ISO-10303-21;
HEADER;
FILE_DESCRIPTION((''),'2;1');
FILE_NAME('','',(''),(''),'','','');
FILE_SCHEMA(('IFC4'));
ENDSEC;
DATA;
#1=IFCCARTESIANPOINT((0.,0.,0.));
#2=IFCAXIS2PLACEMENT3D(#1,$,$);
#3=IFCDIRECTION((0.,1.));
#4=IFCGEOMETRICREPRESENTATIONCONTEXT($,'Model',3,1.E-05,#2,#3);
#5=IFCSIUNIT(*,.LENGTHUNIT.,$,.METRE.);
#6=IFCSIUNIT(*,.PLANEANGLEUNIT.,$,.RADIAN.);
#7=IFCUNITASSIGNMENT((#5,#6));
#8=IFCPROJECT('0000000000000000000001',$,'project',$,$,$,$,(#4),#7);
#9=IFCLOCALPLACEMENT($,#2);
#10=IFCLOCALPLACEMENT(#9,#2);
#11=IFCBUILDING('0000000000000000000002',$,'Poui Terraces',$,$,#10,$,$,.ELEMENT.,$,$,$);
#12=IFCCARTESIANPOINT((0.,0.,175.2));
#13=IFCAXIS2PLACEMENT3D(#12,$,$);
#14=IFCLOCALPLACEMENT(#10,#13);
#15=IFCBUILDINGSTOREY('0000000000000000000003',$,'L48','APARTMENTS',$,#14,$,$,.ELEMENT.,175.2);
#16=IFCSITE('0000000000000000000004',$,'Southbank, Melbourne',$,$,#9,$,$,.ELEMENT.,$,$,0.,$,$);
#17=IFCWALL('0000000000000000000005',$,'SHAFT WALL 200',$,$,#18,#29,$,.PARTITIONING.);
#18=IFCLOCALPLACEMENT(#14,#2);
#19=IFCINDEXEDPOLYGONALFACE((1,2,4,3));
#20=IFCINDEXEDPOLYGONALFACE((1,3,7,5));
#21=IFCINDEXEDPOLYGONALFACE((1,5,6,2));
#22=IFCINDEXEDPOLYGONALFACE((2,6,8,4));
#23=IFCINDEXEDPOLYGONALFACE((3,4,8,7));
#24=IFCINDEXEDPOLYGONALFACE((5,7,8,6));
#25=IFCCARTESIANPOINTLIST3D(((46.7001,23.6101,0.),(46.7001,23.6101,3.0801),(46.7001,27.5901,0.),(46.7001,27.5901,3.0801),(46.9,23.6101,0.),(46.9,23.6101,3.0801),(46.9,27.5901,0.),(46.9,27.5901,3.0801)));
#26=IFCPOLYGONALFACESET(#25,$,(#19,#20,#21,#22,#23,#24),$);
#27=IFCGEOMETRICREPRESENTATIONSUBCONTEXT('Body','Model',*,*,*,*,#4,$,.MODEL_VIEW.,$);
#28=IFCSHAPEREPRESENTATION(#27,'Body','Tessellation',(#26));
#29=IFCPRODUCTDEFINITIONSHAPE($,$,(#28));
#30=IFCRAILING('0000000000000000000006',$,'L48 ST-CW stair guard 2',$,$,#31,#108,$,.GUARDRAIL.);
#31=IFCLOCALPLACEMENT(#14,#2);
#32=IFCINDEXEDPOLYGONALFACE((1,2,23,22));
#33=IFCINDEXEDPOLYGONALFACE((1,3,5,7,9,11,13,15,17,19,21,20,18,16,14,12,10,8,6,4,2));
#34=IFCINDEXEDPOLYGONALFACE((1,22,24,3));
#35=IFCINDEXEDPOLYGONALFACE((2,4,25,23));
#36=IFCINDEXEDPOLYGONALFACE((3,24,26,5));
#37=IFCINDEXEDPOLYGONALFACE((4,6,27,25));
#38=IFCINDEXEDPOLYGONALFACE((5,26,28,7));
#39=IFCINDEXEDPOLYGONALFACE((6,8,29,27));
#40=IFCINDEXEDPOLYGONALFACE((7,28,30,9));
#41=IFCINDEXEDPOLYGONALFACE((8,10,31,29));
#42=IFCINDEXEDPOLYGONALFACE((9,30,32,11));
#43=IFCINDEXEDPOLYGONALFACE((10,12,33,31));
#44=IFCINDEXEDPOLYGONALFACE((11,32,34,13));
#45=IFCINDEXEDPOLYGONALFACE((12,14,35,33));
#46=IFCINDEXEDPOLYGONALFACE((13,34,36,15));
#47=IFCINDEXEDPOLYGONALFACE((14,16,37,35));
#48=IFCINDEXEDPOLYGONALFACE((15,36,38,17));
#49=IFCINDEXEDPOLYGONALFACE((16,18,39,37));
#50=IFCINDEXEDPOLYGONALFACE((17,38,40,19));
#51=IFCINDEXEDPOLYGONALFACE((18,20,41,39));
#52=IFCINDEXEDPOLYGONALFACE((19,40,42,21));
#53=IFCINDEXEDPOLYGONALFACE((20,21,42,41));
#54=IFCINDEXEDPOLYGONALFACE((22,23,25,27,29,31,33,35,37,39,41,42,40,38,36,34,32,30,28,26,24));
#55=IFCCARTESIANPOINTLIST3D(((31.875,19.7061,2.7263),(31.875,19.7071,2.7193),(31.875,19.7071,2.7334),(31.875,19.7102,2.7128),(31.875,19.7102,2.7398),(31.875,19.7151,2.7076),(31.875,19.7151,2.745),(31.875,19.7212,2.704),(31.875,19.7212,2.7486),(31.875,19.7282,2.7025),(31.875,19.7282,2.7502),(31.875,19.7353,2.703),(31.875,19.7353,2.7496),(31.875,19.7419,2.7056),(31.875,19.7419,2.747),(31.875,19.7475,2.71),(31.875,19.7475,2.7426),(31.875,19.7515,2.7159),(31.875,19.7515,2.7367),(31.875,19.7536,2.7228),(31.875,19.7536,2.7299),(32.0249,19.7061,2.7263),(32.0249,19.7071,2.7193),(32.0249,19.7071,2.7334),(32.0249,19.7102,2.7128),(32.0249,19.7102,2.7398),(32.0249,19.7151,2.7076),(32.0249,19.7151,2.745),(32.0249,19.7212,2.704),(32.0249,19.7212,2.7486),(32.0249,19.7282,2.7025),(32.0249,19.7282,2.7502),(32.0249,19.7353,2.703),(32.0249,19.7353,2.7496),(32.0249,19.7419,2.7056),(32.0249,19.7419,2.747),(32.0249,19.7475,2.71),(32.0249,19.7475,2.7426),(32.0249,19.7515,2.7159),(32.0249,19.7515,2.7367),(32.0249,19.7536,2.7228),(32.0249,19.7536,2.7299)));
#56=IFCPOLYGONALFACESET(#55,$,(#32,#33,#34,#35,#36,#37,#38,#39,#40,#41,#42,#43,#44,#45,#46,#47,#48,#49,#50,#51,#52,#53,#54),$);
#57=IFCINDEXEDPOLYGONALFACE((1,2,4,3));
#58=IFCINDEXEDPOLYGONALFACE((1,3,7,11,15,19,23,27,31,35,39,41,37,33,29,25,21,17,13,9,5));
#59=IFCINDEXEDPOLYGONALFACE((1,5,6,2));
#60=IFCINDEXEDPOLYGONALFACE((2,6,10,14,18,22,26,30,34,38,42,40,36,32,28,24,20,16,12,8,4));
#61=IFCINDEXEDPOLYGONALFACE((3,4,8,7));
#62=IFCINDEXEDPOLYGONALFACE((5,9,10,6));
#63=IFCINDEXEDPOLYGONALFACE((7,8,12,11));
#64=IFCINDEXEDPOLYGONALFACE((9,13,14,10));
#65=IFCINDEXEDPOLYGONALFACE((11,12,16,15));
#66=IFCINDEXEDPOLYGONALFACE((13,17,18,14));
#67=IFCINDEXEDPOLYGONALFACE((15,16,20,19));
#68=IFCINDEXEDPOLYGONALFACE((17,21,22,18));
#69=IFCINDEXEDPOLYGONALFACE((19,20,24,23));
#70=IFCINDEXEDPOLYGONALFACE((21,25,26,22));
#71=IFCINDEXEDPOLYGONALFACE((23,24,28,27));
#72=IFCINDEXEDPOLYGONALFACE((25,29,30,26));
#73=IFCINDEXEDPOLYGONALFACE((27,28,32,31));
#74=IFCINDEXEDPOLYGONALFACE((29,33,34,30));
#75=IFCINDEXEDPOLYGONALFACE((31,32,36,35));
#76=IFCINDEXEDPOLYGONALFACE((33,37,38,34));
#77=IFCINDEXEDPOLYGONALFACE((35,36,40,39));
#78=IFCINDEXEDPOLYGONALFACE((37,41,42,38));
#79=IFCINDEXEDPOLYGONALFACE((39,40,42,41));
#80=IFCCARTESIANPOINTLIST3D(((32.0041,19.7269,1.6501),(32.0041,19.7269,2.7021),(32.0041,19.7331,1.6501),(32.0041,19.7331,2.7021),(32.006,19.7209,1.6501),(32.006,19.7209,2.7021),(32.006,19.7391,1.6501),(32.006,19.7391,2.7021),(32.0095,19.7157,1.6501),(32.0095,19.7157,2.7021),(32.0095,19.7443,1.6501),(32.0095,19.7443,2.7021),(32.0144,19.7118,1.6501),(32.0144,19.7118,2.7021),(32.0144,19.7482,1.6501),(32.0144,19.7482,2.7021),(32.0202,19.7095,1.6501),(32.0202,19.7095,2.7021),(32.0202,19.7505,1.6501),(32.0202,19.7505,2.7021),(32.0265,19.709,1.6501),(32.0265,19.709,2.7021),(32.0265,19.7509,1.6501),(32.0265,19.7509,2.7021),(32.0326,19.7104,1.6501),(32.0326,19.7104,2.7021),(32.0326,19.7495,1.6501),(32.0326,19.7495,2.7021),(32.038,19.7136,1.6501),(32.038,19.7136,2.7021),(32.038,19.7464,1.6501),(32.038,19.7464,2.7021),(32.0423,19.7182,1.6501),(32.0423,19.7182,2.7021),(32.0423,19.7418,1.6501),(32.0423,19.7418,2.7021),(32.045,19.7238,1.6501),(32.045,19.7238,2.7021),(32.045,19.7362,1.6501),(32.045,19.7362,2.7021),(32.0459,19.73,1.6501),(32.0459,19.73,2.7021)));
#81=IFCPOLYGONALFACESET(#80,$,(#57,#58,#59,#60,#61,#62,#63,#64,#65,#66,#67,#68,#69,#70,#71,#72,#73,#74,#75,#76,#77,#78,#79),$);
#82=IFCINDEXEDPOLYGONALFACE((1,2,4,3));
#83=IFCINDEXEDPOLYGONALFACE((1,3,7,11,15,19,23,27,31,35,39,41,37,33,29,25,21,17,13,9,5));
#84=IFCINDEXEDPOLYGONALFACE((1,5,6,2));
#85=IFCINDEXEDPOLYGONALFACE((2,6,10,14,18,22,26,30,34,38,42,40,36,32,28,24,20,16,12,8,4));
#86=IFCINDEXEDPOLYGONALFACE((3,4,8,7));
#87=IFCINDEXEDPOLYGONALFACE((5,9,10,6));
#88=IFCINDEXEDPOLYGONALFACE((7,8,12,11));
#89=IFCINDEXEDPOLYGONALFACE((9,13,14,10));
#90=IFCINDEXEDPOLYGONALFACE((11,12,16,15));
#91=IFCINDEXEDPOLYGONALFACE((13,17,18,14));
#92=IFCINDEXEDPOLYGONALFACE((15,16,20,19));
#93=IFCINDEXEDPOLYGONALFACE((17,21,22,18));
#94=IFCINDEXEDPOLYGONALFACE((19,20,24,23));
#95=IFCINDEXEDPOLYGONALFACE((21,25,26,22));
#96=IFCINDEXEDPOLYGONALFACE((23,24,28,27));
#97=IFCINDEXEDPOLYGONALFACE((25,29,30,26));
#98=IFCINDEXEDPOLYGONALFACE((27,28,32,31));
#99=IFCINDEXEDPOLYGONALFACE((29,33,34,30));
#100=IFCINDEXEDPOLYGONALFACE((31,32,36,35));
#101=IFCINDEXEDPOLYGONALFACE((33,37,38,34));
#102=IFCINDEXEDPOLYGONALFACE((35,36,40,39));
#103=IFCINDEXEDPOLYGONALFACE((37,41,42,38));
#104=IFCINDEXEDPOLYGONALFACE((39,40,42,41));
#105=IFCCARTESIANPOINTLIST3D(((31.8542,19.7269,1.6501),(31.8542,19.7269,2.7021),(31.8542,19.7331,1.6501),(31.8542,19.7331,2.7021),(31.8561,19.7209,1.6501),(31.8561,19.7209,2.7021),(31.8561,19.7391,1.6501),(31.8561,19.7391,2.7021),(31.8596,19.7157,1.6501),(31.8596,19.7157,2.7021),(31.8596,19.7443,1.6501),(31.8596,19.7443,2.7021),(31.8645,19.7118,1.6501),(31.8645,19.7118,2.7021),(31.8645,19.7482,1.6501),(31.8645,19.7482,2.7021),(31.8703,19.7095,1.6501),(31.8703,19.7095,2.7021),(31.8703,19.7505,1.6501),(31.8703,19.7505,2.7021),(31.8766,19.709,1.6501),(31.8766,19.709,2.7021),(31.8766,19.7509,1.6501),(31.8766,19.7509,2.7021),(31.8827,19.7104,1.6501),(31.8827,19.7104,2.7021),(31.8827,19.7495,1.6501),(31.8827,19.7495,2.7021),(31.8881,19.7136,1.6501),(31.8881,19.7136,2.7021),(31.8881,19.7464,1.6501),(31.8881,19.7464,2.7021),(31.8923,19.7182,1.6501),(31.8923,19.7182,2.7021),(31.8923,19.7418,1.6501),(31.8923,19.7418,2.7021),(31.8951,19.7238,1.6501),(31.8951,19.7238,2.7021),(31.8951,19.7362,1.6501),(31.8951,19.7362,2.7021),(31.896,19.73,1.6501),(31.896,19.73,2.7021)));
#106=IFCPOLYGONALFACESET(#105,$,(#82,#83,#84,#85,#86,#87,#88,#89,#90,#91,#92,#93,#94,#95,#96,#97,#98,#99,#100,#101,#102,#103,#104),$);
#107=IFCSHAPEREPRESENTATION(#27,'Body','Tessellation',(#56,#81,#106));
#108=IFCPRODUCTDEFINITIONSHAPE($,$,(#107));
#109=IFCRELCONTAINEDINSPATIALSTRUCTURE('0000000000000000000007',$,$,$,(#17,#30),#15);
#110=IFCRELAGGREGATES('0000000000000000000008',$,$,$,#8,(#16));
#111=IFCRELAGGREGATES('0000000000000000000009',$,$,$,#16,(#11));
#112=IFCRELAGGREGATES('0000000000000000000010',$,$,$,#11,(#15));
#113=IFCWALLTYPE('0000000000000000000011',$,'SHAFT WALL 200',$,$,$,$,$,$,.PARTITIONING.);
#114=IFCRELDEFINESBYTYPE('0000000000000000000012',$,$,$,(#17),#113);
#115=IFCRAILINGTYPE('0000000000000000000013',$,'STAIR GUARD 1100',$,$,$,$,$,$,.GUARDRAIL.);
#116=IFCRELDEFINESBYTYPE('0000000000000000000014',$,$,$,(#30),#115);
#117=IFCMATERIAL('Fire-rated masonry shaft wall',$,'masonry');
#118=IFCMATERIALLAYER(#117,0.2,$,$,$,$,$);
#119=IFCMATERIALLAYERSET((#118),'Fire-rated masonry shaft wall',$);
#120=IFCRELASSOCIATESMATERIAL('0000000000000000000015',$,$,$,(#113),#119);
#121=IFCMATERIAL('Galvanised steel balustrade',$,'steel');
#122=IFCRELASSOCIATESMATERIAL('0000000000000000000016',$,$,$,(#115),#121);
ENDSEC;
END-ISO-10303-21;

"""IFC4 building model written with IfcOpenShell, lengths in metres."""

from ifc_helpers import new_model, si_unit, direction, frame, frame_2d, origin, origin_2d, place, context, subcontext, project, spatial, rectangle, circle, extrude, material, layer, layer_set, type_object, element, save


model = new_model("IFC4")

# Units and contexts
model_context = context("Model", 3, precision=1e-05, world=origin(), true_north=direction((0.0, 1.0)))
body_context = subcontext(model_context, "Body", "Model", "MODEL_VIEW")
ifc_project = project(units=[si_unit("LENGTHUNIT", "METRE"), si_unit("PLANEANGLEUNIT", "RADIAN")], contexts=[model_context])

# Site, building, storey
site_placement = place(None, origin())
site = spatial("IfcSite", under=ifc_project, at=site_placement, Name="Southbank, Melbourne", CompositionType="ELEMENT", RefElevation=0.0)
building_placement = place(site_placement, origin())
building = spatial("IfcBuilding", under=site, at=building_placement, Name="Poui Terraces", CompositionType="ELEMENT")
storey_placement = place(building_placement, frame((0.0, 0.0, 175.2)))
storey = spatial("IfcBuildingStorey", under=building, at=storey_placement, Name="L48", Description="APARTMENTS", CompositionType="ELEMENT", Elevation=175.2)

# Wall
ifc_material_1 = material(Name="Fire-rated masonry shaft wall", Category="masonry")
ifc_layer_1 = layer(ifc_material_1, 0.2)
ifc_layer_set_1 = layer_set([ifc_layer_1], Name="Fire-rated masonry shaft wall")
wall_type_1 = type_object("IfcWallType", Name="SHAFT WALL 200", PredefinedType="PARTITIONING", material=ifc_layer_set_1)
for number, where, z_axis, x_axis, name in (
    (1, (46.8, 23.6101, 0.0), (0.0, 0.0, 1.0), (0.0, 1.0, 0.0), "SHAFT WALL 200"),
):
    element("IfcWall", number, at=place(storey_placement, frame(where, z_axis=z_axis, x_axis=x_axis)), inside=storey, type_object=wall_type_1, Name=name, PredefinedType="PARTITIONING", context=body_context, shape_type="SweptSolid", body=[
        extrude(rectangle(XDim=3.98, YDim=0.2, at=frame_2d((1.99, 0.0))), origin(), (0.0, 0.0, 1.0), 3.0801),
    ])

# Railing
ifc_material_2 = material(Name="Galvanised steel balustrade", Category="steel")
railing_type = type_object("IfcRailingType", Name="STAIR GUARD 1100", PredefinedType="GUARDRAIL", material=ifc_material_2)
railing_1_placement = place(storey_placement, frame((32.0249, 19.73, 1.6501)))
element("IfcRailing", 2, at=railing_1_placement, inside=storey, type_object=railing_type, Name="L48 ST-CW stair guard 2", PredefinedType="GUARDRAIL", context=body_context, shape_type="SweptSolid", body=[
    extrude(circle(Radius=0.0239, at=origin_2d()), frame((0.0, 0.0, 1.0762), z_axis=(-1.0, 0.0, 0.0), x_axis=(0.0, -1.0, 0.0)), (0.0, 0.0, 1.0), 0.1499),
    extrude(circle(Radius=0.021, at=origin_2d()), origin(), (0.0, 0.0, 1.0), 1.052),
    extrude(circle(Radius=0.021, at=origin_2d()), frame((-0.1499, 0.0, 0.0)), (0.0, 0.0, 1.0), 1.052),
])

save(model, "model.ifc")
